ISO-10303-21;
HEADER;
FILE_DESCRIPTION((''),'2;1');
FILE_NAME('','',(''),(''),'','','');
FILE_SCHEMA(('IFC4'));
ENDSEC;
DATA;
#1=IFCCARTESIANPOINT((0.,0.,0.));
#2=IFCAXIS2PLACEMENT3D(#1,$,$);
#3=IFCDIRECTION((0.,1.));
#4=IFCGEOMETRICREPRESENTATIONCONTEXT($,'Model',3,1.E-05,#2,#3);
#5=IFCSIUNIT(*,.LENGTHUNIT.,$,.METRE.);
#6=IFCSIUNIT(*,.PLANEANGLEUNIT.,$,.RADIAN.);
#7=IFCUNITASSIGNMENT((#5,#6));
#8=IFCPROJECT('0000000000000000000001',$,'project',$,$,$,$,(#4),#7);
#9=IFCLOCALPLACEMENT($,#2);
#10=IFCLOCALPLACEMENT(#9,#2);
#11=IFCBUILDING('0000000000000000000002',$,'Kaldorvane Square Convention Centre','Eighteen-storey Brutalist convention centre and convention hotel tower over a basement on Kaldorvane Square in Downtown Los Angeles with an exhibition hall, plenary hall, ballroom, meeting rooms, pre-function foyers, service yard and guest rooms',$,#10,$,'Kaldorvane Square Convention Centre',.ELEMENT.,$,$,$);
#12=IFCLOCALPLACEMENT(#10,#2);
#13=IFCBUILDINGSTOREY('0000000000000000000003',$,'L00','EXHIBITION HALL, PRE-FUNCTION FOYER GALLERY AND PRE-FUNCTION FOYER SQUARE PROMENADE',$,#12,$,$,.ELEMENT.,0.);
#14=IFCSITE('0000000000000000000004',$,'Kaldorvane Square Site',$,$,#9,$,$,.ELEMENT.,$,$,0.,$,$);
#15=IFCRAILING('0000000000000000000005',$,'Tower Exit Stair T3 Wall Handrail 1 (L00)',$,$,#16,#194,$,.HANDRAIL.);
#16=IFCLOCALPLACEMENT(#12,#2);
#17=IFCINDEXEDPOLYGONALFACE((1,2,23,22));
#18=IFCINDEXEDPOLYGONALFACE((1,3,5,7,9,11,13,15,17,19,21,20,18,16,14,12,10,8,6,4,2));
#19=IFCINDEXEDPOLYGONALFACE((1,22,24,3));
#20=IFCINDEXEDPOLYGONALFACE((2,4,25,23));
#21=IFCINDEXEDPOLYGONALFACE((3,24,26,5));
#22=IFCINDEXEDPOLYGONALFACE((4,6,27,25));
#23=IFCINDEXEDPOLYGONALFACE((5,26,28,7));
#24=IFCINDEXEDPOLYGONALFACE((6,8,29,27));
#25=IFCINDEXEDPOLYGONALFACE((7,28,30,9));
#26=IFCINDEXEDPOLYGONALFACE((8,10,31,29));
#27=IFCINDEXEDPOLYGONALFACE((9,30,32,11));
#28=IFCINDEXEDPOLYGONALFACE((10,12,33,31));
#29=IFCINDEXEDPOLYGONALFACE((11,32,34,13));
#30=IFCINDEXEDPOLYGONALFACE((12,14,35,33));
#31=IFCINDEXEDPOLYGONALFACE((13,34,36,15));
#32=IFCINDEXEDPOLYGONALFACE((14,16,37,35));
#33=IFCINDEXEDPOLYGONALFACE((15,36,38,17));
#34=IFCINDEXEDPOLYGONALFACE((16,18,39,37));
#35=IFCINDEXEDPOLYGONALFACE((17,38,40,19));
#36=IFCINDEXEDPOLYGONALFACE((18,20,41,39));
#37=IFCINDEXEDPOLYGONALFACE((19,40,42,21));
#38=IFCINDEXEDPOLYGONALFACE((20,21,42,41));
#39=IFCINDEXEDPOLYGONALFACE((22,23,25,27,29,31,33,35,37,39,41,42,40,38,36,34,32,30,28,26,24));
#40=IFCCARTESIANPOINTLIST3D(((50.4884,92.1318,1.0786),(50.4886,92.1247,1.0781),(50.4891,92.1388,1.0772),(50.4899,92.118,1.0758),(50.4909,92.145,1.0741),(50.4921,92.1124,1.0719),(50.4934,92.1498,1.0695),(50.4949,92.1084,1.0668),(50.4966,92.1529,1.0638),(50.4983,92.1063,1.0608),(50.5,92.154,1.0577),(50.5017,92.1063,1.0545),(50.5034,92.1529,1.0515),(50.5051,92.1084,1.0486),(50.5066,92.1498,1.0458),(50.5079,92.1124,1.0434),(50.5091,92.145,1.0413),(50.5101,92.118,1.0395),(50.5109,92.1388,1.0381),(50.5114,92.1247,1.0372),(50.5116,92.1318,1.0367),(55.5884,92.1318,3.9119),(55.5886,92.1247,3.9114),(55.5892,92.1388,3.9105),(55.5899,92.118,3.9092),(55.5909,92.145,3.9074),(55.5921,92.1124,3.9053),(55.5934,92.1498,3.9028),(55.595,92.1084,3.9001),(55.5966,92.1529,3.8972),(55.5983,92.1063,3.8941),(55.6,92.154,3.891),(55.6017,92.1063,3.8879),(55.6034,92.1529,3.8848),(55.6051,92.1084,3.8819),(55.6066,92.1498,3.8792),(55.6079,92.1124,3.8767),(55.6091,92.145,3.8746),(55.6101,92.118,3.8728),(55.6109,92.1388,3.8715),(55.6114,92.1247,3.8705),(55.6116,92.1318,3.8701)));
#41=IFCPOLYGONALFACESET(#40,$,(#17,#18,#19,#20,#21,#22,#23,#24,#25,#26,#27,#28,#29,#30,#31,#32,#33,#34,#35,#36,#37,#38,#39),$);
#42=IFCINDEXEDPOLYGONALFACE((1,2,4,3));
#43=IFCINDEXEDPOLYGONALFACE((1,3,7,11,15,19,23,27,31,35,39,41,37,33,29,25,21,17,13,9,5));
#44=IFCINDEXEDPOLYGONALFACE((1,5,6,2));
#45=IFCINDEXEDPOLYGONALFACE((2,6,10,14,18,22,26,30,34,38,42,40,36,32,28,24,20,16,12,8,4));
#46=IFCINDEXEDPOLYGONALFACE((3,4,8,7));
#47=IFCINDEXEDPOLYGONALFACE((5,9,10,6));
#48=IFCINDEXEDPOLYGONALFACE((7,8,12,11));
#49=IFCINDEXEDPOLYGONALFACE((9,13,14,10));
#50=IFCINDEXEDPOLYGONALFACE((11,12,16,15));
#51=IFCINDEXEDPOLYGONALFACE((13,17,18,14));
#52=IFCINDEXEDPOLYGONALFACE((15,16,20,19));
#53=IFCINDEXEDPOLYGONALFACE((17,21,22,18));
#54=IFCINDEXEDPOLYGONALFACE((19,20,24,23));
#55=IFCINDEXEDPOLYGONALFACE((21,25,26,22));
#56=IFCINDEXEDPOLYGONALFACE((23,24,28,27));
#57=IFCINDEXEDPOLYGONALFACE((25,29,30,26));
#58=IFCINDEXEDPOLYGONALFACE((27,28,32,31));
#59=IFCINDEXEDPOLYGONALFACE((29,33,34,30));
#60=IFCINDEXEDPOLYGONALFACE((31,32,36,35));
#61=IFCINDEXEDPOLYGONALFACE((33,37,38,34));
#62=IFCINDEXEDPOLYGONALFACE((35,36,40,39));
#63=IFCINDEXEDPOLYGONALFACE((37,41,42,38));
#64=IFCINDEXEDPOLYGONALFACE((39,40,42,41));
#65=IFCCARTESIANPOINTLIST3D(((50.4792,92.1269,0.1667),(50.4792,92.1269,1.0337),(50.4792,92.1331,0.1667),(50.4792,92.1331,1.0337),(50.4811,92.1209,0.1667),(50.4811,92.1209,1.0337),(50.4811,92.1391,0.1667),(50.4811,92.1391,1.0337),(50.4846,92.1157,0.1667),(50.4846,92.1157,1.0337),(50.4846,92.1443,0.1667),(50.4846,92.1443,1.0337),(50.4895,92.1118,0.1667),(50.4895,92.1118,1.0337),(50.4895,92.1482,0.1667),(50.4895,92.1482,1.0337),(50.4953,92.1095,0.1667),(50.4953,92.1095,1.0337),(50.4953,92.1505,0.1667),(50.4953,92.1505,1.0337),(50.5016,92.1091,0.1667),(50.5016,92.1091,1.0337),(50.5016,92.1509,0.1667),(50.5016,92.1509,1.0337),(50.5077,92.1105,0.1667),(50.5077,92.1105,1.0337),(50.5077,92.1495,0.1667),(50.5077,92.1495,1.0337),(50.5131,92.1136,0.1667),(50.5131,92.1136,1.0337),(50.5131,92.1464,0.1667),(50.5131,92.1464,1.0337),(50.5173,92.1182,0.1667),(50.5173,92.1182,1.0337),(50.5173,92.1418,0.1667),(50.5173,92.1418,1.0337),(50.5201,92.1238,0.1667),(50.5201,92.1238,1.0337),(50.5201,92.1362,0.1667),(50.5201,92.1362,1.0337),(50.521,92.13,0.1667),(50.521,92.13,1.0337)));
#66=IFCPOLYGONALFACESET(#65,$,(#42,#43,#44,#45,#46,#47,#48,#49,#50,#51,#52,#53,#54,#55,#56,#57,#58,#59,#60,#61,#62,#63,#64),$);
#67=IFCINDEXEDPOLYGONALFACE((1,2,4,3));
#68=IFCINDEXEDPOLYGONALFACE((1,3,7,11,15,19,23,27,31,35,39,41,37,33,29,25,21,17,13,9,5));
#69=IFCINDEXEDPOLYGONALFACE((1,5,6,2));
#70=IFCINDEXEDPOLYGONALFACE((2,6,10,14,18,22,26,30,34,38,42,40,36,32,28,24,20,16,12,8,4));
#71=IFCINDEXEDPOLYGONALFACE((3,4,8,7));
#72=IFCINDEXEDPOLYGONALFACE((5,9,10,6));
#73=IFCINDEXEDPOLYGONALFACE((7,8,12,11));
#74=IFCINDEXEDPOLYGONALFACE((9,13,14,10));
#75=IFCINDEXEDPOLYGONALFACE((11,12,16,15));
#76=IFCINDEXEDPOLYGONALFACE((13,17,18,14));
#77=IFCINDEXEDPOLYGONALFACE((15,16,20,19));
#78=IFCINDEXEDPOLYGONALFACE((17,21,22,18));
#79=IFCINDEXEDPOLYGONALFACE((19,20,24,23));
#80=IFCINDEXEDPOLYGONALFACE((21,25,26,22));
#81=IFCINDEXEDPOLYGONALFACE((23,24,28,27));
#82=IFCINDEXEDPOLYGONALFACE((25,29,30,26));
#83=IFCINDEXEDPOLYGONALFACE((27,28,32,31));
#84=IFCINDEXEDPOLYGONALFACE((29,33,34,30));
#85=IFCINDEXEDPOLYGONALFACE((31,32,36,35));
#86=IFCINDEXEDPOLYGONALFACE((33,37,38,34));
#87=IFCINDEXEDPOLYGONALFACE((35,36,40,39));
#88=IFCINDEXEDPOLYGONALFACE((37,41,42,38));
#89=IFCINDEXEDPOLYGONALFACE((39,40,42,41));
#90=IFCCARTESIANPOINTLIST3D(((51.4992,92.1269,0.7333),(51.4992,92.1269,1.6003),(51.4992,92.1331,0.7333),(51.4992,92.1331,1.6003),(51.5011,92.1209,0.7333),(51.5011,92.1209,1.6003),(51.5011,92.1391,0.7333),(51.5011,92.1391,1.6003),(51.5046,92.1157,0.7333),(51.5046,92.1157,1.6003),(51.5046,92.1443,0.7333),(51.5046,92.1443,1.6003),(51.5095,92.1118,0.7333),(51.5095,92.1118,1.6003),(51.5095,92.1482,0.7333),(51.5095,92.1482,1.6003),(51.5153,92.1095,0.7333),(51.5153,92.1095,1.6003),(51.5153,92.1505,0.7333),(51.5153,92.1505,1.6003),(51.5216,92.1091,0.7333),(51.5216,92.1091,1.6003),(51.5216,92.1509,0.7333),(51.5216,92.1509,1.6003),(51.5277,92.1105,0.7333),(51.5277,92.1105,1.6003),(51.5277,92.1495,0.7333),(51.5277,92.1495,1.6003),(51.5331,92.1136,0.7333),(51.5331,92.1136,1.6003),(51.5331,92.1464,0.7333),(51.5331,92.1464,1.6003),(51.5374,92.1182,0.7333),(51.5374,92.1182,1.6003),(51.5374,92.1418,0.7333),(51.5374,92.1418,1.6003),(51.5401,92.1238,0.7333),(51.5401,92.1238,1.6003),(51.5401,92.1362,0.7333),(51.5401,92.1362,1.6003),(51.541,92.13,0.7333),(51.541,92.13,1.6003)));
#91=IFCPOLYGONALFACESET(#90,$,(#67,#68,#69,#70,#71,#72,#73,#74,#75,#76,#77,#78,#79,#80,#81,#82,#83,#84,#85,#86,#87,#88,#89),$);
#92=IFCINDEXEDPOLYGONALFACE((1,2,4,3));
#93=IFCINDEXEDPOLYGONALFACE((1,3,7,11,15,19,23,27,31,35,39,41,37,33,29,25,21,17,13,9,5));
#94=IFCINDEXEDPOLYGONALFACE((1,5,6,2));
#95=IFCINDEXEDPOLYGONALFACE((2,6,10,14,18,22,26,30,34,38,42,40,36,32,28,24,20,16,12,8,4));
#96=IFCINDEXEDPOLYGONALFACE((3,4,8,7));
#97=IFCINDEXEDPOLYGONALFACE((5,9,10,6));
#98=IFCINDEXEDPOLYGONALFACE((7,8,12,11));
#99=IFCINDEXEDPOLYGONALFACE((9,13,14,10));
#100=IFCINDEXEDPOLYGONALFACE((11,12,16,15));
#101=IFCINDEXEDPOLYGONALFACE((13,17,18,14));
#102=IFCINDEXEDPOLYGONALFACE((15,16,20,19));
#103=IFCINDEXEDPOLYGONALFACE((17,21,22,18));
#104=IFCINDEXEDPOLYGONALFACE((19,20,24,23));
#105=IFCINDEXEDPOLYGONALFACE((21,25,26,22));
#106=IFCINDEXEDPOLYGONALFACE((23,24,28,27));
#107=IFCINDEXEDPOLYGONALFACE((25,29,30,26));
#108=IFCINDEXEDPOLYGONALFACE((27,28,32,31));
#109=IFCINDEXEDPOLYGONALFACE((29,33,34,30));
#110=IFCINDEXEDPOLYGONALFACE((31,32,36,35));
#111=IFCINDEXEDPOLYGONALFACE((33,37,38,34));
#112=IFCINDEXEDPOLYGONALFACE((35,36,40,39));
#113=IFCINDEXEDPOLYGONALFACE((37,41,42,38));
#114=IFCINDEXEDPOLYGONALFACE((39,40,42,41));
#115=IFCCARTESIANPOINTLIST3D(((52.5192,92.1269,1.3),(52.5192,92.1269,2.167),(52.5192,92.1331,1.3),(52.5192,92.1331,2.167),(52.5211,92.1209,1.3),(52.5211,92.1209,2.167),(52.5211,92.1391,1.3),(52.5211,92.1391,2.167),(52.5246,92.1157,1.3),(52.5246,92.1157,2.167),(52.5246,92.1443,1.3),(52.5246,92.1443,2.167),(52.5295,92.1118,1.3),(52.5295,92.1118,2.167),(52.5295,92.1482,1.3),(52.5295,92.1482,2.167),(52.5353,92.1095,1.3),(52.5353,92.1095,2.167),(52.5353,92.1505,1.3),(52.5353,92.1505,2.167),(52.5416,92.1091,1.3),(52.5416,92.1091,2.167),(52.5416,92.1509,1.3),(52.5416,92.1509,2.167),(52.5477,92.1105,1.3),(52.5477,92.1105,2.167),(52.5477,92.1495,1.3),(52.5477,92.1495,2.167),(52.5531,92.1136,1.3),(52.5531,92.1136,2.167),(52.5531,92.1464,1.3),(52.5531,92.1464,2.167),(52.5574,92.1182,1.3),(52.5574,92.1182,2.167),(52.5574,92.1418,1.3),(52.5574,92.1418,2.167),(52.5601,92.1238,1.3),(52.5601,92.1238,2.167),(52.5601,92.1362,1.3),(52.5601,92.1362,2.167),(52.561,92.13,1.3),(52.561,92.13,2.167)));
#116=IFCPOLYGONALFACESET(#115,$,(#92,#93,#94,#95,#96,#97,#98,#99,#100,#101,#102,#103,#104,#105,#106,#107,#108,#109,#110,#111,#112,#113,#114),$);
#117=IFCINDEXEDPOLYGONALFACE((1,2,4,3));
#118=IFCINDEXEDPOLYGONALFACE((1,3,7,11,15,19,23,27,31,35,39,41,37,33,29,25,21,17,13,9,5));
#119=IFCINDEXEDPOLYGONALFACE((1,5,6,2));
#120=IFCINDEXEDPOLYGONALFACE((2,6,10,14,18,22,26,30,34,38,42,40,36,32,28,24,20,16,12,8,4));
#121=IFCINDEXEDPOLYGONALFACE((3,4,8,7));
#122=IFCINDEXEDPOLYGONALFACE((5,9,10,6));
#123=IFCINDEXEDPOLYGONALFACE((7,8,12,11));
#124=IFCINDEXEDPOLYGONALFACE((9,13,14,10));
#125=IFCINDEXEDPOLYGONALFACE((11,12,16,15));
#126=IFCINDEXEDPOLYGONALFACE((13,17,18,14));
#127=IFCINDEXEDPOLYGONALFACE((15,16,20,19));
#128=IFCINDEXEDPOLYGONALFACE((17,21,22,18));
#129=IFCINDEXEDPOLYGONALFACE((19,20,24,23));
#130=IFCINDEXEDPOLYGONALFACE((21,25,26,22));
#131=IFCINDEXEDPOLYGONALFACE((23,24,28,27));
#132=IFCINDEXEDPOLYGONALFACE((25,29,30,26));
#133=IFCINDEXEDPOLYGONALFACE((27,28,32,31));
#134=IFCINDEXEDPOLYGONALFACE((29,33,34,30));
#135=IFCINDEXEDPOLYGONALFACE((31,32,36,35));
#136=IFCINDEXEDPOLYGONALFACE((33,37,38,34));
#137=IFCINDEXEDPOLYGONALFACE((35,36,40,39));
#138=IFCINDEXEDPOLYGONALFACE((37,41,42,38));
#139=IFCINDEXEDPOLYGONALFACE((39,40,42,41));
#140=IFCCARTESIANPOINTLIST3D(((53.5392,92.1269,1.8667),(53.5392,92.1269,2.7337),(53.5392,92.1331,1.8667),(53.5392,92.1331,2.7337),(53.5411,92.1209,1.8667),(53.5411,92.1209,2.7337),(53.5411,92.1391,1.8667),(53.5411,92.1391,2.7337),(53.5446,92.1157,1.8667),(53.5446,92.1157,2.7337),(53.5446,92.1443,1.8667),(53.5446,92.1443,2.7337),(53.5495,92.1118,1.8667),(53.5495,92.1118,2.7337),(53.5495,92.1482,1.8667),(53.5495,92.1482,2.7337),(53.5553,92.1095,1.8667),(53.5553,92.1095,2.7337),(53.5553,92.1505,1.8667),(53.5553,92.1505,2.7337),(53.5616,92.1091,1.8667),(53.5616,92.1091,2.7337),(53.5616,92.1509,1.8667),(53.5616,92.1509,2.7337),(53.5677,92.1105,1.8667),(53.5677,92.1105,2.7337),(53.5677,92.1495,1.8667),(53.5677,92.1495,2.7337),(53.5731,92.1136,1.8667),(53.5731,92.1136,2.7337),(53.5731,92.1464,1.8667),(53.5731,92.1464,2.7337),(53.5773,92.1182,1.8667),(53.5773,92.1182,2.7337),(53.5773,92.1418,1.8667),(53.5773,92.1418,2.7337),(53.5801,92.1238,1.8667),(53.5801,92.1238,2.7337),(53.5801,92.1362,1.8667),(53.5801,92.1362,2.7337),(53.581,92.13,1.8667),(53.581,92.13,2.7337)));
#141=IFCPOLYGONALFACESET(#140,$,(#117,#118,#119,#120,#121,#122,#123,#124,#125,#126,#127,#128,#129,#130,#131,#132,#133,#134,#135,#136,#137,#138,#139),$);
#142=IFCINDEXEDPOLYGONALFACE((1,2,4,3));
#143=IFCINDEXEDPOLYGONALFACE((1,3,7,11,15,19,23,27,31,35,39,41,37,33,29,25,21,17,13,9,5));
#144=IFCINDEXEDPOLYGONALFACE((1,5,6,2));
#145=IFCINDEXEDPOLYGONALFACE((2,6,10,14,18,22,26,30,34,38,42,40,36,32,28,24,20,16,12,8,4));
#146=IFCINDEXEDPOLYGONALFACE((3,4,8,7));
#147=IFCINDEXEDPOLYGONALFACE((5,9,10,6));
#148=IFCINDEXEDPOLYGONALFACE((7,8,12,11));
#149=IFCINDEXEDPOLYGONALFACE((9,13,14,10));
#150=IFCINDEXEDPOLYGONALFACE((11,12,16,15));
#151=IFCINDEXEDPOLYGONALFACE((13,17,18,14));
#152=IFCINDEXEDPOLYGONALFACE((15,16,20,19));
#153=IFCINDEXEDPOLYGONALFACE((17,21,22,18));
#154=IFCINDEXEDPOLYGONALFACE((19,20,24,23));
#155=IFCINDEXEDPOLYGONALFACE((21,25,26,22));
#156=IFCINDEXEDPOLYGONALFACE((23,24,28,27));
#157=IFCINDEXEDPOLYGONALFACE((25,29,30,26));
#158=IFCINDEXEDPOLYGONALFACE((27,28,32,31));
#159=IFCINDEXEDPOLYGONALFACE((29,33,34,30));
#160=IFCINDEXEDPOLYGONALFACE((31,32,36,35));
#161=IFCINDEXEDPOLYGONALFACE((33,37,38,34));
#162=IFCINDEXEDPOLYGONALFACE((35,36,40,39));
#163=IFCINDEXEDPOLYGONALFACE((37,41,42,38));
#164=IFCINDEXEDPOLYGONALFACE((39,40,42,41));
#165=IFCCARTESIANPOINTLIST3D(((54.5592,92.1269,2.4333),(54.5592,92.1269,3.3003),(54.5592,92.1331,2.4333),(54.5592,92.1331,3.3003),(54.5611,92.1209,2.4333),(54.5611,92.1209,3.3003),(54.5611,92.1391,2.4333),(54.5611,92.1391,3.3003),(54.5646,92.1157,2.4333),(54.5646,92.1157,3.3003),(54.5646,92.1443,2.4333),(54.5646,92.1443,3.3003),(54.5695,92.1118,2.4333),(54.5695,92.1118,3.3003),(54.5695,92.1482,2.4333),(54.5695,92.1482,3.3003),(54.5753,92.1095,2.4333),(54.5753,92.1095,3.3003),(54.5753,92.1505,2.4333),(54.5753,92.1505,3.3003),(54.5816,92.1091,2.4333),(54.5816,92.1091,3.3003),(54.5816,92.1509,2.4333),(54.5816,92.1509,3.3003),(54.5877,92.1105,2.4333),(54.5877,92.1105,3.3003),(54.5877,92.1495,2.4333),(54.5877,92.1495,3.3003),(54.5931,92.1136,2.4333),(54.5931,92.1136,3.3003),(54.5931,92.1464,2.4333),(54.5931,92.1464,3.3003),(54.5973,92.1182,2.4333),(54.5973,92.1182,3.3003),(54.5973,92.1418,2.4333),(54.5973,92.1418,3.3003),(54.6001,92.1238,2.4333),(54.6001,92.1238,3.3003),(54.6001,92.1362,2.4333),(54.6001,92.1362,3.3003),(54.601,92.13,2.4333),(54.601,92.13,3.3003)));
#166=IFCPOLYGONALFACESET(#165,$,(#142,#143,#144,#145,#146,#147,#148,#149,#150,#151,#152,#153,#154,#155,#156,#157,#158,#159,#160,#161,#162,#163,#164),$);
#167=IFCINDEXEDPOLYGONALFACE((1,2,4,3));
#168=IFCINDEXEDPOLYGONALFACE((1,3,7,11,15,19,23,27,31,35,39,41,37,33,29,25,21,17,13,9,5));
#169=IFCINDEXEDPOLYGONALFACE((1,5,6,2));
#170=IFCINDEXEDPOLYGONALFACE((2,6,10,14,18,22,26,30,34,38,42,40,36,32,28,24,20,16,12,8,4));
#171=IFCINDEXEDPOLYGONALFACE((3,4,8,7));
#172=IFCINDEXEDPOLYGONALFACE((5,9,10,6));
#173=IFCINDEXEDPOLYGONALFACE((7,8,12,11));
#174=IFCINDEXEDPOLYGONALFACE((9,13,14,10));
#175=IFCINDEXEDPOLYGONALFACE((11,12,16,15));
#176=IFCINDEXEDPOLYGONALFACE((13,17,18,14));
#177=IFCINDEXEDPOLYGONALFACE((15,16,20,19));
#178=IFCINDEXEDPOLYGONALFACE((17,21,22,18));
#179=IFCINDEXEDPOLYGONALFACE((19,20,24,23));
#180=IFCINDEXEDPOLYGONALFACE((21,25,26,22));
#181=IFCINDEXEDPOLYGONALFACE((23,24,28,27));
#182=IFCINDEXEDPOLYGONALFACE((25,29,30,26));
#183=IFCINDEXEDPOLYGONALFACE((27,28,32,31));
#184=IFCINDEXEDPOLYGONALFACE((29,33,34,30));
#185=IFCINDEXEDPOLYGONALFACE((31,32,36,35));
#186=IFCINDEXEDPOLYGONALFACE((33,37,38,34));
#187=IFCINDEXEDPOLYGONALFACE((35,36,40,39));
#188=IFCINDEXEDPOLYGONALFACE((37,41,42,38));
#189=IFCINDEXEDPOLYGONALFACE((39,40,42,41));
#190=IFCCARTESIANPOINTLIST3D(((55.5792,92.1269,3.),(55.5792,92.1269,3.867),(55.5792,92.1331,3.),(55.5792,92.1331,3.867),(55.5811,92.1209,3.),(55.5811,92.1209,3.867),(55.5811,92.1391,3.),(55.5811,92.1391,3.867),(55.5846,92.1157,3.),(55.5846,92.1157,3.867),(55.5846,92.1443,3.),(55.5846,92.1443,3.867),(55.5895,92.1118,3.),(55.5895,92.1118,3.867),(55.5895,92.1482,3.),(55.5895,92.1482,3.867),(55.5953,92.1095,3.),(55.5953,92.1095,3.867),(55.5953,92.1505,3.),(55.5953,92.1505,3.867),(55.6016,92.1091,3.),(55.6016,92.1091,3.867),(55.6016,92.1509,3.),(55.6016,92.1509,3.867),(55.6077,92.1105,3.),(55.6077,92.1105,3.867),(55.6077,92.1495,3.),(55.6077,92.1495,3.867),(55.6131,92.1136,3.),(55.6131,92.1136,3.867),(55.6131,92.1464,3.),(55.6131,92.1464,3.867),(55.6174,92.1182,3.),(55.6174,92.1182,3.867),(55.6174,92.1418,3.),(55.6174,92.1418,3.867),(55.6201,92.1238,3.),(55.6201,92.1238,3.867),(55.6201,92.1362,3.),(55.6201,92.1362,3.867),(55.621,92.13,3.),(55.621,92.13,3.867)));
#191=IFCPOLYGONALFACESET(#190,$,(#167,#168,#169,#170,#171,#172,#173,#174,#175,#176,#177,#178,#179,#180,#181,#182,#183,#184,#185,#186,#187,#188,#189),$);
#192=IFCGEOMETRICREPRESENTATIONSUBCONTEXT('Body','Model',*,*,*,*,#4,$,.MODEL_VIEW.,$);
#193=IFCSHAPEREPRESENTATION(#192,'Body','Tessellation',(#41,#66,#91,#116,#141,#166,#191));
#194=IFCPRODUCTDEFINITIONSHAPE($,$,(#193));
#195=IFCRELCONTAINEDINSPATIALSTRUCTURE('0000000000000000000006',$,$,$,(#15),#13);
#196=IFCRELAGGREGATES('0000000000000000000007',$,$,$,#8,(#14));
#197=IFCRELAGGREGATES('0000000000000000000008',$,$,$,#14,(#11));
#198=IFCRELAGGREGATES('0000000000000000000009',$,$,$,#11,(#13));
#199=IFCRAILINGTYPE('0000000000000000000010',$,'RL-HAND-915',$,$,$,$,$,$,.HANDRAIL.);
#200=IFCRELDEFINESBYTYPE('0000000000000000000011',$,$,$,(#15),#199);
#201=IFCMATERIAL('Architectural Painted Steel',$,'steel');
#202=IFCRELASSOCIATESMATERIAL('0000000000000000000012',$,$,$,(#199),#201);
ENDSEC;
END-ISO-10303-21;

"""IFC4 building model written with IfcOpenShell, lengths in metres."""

from ifc_helpers import new_model, si_unit, direction, frame, origin, origin_2d, place, context, subcontext, project, spatial, circle, extrude, material, type_object, element, save


model = new_model("IFC4")

# Units and contexts
model_context = context("Model", 3, precision=1e-05, world=origin(), true_north=direction((0.0, 1.0)))
body_context = subcontext(model_context, "Body", "Model", "MODEL_VIEW")
ifc_project = project(units=[si_unit("LENGTHUNIT", "METRE"), si_unit("PLANEANGLEUNIT", "RADIAN")], contexts=[model_context])

# Site, building, storey
site_placement = place(None, origin())
site = spatial("IfcSite", under=ifc_project, at=site_placement, Name="Kaldorvane Square Site", CompositionType="ELEMENT", RefElevation=0.0)
building_placement = place(site_placement, origin())
building = spatial("IfcBuilding", under=site, at=building_placement, Name="Kaldorvane Square Convention Centre", Description="Eighteen-storey Brutalist convention centre and convention hotel tower over a basement on Kaldorvane Square in Downtown Los Angeles with an exhibition hall, plenary hall, ballroom, meeting rooms, pre-function foyers, service yard and guest rooms", LongName="Kaldorvane Square Convention Centre", CompositionType="ELEMENT")
storey_placement = place(building_placement, origin())
storey = spatial("IfcBuildingStorey", under=building, at=storey_placement, Name="L00", Description="EXHIBITION HALL, PRE-FUNCTION FOYER GALLERY AND PRE-FUNCTION FOYER SQUARE PROMENADE", CompositionType="ELEMENT", Elevation=0.0)

# Railing
ifc_material_1 = material(Name="Architectural Painted Steel", Category="steel")
railing_type_1 = type_object("IfcRailingType", Name="RL-HAND-915", PredefinedType="HANDRAIL", material=ifc_material_1)
railing_1_placement = place(storey_placement, frame((50.5, 92.13, 0.1667)))
element("IfcRailing", 1, at=railing_1_placement, inside=storey, type_object=railing_type_1, Name="Tower Exit Stair T3 Wall Handrail 1 (L00)", PredefinedType="HANDRAIL", context=body_context, shape_type="SweptSolid", body=[
    extrude(circle(Radius=0.024, at=origin_2d()), frame((0.0, 0.0, 0.891), z_axis=(0.874158, 0.0, 0.485642), x_axis=(0.0, 1.0, 0.0)), (0.0, 0.0, 1.0), 5.8342),
    extrude(circle(Radius=0.021, at=origin_2d()), origin(), (0.0, 0.0, 1.0), 0.867),
    extrude(circle(Radius=0.021, at=origin_2d()), frame((1.02, 0.0, 0.5667)), (0.0, 0.0, 1.0), 0.867),
    extrude(circle(Radius=0.021, at=origin_2d()), frame((2.04, 0.0, 1.1333)), (0.0, 0.0, 1.0), 0.867),
    extrude(circle(Radius=0.021, at=origin_2d()), frame((3.06, 0.0, 1.7)), (0.0, 0.0, 1.0), 0.867),
    extrude(circle(Radius=0.021, at=origin_2d()), frame((4.08, 0.0, 2.2667)), (0.0, 0.0, 1.0), 0.867),
    extrude(circle(Radius=0.021, at=origin_2d()), frame((5.1, 0.0, 2.8333)), (0.0, 0.0, 1.0), 0.867),
])

save(model, "model.ifc")
